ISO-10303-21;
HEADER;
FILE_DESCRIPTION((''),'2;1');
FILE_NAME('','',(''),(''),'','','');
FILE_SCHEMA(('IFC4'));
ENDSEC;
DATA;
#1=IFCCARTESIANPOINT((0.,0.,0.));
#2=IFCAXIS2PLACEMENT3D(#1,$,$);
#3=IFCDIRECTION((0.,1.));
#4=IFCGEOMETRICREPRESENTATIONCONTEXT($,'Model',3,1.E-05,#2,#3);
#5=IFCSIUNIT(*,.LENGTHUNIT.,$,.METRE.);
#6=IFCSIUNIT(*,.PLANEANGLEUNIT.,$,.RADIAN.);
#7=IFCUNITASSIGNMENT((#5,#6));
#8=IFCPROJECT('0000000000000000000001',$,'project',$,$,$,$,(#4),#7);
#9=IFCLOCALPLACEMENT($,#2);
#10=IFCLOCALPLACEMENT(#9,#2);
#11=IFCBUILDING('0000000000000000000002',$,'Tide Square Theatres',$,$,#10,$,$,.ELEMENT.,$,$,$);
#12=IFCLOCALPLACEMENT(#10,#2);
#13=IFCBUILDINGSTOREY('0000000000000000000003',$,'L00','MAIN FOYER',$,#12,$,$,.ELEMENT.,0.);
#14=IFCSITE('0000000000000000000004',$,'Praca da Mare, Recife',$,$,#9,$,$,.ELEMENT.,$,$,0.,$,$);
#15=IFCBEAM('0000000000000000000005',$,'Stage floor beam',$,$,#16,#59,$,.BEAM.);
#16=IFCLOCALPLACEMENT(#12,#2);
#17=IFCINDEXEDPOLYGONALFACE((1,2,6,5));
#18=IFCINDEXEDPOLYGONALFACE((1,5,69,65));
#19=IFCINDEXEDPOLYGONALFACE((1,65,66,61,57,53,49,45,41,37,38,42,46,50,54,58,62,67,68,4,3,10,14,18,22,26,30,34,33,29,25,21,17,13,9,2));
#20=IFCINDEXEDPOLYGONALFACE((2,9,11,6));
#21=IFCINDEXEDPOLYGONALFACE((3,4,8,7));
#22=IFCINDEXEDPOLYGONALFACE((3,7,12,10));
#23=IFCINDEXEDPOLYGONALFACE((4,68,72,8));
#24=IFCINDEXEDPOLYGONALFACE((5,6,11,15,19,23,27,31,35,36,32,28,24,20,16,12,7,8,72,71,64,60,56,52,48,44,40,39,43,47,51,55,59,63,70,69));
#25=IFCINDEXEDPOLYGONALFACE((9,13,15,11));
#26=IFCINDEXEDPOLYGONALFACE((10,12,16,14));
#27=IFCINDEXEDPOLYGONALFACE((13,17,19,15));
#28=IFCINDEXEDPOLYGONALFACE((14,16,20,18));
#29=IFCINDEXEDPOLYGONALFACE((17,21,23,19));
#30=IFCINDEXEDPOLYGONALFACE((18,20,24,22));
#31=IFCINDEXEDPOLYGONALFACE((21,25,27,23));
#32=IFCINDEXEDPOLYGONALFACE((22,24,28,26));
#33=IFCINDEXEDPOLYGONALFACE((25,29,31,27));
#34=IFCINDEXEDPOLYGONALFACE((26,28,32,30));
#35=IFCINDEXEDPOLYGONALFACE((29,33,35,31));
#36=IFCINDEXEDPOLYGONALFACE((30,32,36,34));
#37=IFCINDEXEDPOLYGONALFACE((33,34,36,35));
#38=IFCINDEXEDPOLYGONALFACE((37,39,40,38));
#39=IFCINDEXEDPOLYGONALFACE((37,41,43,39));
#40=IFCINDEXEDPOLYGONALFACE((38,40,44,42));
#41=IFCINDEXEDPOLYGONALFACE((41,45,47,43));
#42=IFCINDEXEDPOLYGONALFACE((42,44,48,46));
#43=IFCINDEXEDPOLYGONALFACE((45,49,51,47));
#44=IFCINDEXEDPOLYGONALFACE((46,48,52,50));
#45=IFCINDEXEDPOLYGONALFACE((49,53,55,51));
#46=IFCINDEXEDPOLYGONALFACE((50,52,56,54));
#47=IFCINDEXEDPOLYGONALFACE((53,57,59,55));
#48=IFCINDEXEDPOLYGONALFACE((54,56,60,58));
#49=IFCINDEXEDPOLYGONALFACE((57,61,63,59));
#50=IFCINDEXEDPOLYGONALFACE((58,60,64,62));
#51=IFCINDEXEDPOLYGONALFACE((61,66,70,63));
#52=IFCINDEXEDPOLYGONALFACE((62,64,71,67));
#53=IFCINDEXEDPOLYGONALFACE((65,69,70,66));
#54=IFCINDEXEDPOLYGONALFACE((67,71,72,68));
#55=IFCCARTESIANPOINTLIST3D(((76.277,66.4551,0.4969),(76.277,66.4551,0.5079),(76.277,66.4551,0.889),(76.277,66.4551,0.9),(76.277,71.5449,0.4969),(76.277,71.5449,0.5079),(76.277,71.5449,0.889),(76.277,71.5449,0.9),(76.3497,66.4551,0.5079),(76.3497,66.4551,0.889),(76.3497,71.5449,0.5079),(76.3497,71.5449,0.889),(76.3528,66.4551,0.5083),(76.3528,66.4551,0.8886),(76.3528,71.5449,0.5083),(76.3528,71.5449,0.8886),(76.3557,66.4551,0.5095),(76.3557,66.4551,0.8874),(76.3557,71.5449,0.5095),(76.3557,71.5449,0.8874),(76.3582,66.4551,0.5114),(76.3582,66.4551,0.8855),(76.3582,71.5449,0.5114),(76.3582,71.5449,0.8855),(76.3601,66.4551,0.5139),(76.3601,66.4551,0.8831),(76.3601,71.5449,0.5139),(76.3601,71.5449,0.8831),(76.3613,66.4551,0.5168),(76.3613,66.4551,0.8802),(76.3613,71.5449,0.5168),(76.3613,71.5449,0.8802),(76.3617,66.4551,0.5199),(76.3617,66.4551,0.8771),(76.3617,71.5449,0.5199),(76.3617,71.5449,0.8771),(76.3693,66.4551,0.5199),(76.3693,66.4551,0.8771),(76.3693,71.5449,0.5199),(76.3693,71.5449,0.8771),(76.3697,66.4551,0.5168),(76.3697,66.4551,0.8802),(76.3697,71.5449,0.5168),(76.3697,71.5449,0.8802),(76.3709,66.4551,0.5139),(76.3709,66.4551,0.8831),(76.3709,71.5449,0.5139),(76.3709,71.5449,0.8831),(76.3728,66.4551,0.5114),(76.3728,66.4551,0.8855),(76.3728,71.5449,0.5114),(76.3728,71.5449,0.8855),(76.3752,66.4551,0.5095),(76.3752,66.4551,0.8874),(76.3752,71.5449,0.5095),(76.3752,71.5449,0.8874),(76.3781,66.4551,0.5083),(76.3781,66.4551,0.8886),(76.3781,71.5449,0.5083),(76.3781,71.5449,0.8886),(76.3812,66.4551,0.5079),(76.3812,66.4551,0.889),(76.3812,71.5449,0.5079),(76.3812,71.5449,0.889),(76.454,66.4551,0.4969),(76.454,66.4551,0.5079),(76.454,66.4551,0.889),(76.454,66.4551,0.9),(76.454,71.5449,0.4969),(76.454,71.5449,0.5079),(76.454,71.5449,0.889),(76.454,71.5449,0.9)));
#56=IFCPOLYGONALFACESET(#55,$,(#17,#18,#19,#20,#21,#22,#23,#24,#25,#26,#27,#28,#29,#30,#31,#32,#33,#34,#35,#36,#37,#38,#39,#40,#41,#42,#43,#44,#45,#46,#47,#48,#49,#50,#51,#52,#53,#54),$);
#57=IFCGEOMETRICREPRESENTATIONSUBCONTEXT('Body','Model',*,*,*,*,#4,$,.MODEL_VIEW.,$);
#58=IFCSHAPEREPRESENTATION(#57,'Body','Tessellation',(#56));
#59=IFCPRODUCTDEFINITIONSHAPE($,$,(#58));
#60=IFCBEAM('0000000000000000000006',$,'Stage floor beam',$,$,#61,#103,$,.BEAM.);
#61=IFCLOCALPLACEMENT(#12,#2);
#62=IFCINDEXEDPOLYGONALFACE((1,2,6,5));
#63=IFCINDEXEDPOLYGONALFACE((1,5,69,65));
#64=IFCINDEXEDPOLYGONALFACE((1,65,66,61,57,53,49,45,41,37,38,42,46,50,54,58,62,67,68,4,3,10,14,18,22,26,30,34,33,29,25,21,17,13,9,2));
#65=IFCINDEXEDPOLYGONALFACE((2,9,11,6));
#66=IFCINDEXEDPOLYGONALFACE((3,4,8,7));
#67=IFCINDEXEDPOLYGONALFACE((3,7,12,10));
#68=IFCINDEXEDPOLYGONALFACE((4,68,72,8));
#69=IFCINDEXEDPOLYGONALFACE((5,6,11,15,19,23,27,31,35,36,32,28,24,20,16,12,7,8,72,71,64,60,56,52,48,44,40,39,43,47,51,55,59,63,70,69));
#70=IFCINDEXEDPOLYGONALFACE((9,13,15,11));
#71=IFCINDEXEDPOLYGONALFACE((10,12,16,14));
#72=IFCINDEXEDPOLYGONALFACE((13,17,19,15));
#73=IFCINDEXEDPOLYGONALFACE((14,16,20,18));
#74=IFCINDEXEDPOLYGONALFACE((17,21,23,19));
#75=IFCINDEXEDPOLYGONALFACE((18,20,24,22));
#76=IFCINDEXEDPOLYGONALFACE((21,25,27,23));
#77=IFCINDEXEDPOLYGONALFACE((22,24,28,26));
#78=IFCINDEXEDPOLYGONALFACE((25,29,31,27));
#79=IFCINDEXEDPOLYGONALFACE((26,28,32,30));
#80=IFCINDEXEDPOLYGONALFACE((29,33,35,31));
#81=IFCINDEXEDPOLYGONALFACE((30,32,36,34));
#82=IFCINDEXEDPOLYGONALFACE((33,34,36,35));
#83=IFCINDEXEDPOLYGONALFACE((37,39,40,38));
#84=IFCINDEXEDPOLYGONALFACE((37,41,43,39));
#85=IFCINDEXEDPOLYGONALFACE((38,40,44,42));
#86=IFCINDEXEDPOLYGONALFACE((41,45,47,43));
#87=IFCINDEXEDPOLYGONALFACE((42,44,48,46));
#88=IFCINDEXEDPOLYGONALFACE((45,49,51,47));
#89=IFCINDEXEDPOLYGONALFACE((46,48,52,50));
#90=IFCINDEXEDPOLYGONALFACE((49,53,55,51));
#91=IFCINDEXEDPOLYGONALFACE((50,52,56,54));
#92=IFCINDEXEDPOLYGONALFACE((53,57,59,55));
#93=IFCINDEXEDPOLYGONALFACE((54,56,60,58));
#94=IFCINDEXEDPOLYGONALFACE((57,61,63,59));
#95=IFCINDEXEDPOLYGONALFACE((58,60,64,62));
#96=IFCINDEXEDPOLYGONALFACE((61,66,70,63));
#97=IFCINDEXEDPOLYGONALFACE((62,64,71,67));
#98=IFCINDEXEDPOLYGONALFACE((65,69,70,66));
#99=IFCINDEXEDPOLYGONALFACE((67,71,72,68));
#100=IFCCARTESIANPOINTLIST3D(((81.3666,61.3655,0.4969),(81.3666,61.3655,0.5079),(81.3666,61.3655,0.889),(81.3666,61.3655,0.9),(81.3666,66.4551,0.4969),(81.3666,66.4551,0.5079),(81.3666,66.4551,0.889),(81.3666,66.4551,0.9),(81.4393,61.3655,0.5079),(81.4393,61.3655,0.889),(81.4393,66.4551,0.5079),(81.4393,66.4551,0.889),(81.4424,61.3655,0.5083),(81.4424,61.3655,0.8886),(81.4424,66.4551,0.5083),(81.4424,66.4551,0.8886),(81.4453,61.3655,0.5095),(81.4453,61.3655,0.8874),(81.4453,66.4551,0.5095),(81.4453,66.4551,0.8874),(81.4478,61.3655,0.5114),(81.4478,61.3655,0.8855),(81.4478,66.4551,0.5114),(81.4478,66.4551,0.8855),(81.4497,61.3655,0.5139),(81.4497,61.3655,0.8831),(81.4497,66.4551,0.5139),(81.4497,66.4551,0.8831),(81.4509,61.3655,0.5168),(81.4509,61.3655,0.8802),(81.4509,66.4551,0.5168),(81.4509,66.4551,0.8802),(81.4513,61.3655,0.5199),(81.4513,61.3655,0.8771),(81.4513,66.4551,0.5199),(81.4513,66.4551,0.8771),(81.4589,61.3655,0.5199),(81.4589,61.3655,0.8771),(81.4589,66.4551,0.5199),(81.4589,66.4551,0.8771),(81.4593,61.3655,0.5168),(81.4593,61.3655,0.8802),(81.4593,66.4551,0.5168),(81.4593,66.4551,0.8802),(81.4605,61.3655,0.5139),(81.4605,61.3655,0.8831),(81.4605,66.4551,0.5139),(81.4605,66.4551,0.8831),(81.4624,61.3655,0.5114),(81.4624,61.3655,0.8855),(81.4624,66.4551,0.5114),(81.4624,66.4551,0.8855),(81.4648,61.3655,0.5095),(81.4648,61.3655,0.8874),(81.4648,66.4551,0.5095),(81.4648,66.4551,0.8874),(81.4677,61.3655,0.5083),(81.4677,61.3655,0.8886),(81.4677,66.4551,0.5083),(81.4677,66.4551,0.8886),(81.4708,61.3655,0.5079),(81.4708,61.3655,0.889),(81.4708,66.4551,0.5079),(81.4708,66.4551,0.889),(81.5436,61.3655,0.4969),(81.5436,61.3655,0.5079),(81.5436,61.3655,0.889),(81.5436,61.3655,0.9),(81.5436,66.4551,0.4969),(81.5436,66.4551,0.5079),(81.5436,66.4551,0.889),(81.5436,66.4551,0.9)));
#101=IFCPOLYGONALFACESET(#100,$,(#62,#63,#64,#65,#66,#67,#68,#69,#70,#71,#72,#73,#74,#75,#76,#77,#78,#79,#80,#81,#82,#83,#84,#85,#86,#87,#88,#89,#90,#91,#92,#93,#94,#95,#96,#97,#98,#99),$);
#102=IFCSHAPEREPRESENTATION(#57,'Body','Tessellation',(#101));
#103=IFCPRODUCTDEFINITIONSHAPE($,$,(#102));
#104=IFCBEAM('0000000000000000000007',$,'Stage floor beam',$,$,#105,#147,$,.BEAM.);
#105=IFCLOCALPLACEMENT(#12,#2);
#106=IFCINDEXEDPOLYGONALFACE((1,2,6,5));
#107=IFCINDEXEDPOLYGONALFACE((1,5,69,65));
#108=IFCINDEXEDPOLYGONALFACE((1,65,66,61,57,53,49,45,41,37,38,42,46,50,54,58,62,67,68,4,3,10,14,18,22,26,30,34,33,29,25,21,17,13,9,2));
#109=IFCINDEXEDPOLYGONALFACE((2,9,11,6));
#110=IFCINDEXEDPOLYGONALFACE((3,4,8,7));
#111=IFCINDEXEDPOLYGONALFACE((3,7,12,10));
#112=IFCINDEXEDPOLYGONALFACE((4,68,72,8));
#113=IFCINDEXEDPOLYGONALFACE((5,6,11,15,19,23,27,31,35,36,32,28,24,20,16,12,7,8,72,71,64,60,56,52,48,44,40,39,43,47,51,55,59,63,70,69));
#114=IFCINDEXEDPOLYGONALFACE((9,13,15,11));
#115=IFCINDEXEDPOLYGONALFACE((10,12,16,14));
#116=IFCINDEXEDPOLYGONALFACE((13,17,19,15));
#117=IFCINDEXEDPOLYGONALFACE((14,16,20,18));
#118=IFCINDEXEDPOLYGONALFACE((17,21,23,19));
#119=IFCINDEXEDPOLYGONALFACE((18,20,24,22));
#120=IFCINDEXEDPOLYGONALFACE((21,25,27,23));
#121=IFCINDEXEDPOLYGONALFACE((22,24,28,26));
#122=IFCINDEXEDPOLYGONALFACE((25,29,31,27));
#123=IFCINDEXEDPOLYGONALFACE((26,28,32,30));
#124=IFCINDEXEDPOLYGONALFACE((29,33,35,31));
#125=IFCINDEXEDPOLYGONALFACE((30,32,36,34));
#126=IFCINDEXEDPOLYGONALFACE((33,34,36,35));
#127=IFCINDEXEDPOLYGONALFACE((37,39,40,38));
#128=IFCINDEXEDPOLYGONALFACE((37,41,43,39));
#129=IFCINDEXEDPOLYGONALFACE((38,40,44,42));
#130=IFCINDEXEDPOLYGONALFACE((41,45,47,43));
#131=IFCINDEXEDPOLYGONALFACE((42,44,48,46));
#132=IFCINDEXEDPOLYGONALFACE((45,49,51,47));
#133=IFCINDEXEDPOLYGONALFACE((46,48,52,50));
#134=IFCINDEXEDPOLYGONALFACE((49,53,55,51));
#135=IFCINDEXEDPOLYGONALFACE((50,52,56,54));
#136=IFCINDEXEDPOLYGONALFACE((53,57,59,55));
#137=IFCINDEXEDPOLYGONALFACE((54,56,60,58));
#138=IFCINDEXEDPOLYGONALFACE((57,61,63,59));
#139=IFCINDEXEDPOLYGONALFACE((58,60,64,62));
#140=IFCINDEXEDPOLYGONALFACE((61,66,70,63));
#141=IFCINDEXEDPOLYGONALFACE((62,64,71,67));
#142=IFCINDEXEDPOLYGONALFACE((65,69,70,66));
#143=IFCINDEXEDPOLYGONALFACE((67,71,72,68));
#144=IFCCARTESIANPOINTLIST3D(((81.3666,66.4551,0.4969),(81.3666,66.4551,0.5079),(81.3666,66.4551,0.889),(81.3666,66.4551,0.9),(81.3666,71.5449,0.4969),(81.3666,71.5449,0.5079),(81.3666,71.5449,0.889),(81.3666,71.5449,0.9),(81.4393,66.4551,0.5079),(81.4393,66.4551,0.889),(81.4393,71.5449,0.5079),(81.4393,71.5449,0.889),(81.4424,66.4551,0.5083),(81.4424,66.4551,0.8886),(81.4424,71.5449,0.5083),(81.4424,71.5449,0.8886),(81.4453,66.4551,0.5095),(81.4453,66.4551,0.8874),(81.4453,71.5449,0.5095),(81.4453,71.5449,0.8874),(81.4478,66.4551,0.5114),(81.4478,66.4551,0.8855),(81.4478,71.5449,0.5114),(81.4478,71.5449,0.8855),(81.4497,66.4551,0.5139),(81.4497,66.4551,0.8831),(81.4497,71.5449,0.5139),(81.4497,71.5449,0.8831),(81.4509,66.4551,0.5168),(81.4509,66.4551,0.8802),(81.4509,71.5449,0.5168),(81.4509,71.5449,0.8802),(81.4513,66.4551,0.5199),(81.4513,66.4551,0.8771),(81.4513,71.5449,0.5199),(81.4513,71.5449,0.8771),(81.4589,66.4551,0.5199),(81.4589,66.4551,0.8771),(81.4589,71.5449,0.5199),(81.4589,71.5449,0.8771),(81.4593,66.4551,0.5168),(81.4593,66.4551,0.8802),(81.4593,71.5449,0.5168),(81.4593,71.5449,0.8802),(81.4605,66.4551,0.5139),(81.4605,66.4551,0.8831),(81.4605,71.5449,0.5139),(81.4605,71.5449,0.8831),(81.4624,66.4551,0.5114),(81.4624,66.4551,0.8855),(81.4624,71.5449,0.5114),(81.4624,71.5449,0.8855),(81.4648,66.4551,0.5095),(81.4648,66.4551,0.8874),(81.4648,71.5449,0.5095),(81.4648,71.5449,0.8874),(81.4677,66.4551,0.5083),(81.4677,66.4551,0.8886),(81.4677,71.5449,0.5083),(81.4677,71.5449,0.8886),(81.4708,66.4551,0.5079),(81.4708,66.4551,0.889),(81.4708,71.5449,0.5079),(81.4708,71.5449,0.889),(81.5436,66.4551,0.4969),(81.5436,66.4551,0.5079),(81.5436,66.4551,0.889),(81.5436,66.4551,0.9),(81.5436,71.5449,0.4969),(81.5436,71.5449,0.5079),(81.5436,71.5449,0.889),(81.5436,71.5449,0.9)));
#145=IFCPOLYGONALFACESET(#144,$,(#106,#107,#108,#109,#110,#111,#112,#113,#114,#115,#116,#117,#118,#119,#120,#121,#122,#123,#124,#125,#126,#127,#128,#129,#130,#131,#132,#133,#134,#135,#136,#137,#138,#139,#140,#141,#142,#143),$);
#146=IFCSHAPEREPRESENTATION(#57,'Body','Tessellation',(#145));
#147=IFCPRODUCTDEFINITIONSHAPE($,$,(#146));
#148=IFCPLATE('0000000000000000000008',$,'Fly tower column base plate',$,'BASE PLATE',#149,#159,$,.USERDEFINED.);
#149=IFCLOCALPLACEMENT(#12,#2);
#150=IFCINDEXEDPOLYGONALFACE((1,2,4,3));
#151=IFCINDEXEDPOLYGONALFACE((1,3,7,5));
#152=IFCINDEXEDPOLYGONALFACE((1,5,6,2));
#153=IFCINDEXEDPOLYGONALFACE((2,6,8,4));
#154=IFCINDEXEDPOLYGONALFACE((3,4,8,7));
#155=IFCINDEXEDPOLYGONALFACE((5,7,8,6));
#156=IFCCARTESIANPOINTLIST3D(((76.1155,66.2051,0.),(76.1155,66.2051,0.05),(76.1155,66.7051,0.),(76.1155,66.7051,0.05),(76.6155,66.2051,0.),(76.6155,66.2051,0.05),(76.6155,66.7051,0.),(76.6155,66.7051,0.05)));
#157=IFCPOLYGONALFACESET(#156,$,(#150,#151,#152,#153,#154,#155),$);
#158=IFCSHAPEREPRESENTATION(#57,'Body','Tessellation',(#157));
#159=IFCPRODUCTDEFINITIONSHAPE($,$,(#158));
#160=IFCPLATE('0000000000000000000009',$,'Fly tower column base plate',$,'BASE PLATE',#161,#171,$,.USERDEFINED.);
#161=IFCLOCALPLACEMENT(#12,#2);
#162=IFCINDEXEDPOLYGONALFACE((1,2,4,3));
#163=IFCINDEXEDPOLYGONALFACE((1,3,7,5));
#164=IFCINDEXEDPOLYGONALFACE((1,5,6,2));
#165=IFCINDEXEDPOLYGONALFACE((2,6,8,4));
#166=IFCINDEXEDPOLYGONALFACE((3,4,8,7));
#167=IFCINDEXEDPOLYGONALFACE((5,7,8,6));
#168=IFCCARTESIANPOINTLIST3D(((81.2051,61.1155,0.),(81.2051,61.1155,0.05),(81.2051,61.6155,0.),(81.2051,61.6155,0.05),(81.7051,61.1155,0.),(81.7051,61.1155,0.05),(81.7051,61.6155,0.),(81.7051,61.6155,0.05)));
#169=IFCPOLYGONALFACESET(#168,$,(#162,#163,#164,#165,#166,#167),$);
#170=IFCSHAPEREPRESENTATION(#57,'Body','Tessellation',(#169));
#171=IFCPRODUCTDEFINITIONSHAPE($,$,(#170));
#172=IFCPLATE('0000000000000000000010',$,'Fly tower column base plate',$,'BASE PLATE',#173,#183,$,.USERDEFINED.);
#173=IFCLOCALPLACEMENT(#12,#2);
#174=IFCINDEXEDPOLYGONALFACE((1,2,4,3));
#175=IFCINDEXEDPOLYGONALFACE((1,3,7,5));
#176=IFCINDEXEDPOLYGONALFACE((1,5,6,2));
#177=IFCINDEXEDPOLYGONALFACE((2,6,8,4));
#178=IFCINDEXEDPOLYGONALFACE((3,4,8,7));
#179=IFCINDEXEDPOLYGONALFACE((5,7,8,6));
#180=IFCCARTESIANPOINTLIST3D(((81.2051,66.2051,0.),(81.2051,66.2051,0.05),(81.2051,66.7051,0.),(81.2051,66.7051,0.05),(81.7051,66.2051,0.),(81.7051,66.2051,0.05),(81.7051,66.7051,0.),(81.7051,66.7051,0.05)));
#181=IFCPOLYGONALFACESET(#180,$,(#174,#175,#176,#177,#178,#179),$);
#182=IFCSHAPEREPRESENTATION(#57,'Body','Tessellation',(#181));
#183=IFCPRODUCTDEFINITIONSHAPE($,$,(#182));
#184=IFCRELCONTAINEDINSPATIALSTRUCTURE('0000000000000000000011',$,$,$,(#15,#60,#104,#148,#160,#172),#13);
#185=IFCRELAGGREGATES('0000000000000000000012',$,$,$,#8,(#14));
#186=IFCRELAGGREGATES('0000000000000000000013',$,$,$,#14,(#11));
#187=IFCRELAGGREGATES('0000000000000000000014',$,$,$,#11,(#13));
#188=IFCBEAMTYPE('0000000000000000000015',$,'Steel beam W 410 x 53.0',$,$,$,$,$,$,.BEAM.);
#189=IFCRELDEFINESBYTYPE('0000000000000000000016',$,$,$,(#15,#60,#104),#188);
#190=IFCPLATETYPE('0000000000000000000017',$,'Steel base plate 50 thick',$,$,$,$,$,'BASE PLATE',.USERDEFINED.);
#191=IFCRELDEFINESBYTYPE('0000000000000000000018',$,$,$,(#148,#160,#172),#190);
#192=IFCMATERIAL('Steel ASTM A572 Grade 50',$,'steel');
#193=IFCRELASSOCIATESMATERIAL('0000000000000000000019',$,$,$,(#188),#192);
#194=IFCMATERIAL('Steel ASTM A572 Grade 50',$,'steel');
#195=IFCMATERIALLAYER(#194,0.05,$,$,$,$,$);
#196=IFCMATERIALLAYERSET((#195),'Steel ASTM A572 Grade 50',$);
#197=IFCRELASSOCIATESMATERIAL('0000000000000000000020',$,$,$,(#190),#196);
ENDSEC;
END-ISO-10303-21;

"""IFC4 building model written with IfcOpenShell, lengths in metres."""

from ifc_helpers import new_model, si_unit, direction, frame, origin, origin_2d, place, context, subcontext, project, spatial, rectangle, i_section, extrude, material, layer, layer_set, material_profile, profile_set, type_object, element, save


model = new_model("IFC4")

# Units and contexts
model_context = context("Model", 3, precision=1e-05, world=origin(), true_north=direction((0.0, 1.0)))
body_context = subcontext(model_context, "Body", "Model", "MODEL_VIEW")
ifc_project = project(units=[si_unit("LENGTHUNIT", "METRE"), si_unit("PLANEANGLEUNIT", "RADIAN")], contexts=[model_context])

# Site, building, storey
site_placement = place(None, origin())
site = spatial("IfcSite", under=ifc_project, at=site_placement, Name="Praca da Mare, Recife", CompositionType="ELEMENT", RefElevation=0.0)
building_placement = place(site_placement, origin())
building = spatial("IfcBuilding", under=site, at=building_placement, Name="Tide Square Theatres", CompositionType="ELEMENT")
storey_placement = place(building_placement, origin())
storey = spatial("IfcBuildingStorey", under=building, at=storey_placement, Name="L00", Description="MAIN FOYER", CompositionType="ELEMENT", Elevation=0.0)

# Beams
ifc_material_1 = material(Name="Steel ASTM A572 Grade 50", Category="steel")
ifc_material_profile_1 = material_profile(ifc_material_1, i_section(OverallWidth=0.177, OverallDepth=0.4031, WebThickness=0.0076, FlangeThickness=0.011, FilletRadius=0.012, at=origin_2d()))
ifc_profile_set_1 = profile_set([ifc_material_profile_1], Name="Steel ASTM A572 Grade 50")
beam_type = type_object("IfcBeamType", Name="Steel beam W 410 x 53.0", PredefinedType="BEAM", material=ifc_profile_set_1)
for number, where, z_axis, x_axis, name in (
    (1, (76.3655, 66.4551, 0.6985), (0.0, 1.0, 0.0), (-1.0, 0.0, 0.0), "Stage floor beam"),
):
    element("IfcBeam", number, at=place(storey_placement, frame(where, z_axis=z_axis, x_axis=x_axis)), inside=storey, type_object=beam_type, Name=name, PredefinedType="BEAM", context=body_context, shape_type="SweptSolid", body=[
        extrude(i_section(OverallWidth=0.177, OverallDepth=0.4031, WebThickness=0.0076, FlangeThickness=0.011, FilletRadius=0.012, at=origin_2d()), origin(), (0.0, 0.0, 1.0), 5.0898),
    ])
beam_1_placement = place(storey_placement, frame((81.4551, 61.3655, 0.6985), z_axis=(0.0, 1.0, 0.0), x_axis=(-1.0, 0.0, 0.0)))
element("IfcBeam", 2, at=beam_1_placement, inside=storey, type_object=beam_type, Name="Stage floor beam", PredefinedType="BEAM", context=body_context, shape_type="SweptSolid", body=[
    extrude(i_section(OverallWidth=0.177, OverallDepth=0.4031, WebThickness=0.0076, FlangeThickness=0.011, FilletRadius=0.012, at=origin_2d()), origin(), (0.0, 0.0, 1.0), 5.0896),
])
beam_2_placement = place(storey_placement, frame((81.4551, 66.4551, 0.6985), z_axis=(0.0, 1.0, 0.0), x_axis=(-1.0, 0.0, 0.0)))
element("IfcBeam", 3, at=beam_2_placement, inside=storey, type_object=beam_type, Name="Stage floor beam", PredefinedType="BEAM", context=body_context, shape_type="SweptSolid", body=[
    extrude(i_section(OverallWidth=0.177, OverallDepth=0.4031, WebThickness=0.0076, FlangeThickness=0.011, FilletRadius=0.012, at=origin_2d()), origin(), (0.0, 0.0, 1.0), 5.0898),
])

# Plates
ifc_material_2 = material(Name="Steel ASTM A572 Grade 50", Category="steel")
ifc_layer = layer(ifc_material_2, 0.05)
ifc_layer_set = layer_set([ifc_layer], Name="Steel ASTM A572 Grade 50")
plate_type = type_object("IfcPlateType", Name="Steel base plate 50 thick", ElementType="BASE PLATE", PredefinedType="USERDEFINED", material=ifc_layer_set)
for number, where, z_axis, x_axis, name in (
    (4, (76.3655, 66.4551, 0.0), (0.0, 0.0, 1.0), (1.0, 0.0, 0.0), "Fly tower column base plate"),
    (5, (81.4551, 61.3655, 0.0), (0.0, 0.0, 1.0), (1.0, 0.0, 0.0), "Fly tower column base plate"),
    (6, (81.4551, 66.4551, 0.0), (0.0, 0.0, 1.0), (1.0, 0.0, 0.0), "Fly tower column base plate"),
):
    element("IfcPlate", number, at=place(storey_placement, frame(where, z_axis=z_axis, x_axis=x_axis)), inside=storey, type_object=plate_type, Name=name, ObjectType="BASE PLATE", PredefinedType="USERDEFINED", context=body_context, shape_type="SweptSolid", body=[
        extrude(rectangle(XDim=0.5, YDim=0.5, at=origin_2d()), origin(), (0.0, 0.0, 1.0), 0.05),
    ])

save(model, "model.ifc")
